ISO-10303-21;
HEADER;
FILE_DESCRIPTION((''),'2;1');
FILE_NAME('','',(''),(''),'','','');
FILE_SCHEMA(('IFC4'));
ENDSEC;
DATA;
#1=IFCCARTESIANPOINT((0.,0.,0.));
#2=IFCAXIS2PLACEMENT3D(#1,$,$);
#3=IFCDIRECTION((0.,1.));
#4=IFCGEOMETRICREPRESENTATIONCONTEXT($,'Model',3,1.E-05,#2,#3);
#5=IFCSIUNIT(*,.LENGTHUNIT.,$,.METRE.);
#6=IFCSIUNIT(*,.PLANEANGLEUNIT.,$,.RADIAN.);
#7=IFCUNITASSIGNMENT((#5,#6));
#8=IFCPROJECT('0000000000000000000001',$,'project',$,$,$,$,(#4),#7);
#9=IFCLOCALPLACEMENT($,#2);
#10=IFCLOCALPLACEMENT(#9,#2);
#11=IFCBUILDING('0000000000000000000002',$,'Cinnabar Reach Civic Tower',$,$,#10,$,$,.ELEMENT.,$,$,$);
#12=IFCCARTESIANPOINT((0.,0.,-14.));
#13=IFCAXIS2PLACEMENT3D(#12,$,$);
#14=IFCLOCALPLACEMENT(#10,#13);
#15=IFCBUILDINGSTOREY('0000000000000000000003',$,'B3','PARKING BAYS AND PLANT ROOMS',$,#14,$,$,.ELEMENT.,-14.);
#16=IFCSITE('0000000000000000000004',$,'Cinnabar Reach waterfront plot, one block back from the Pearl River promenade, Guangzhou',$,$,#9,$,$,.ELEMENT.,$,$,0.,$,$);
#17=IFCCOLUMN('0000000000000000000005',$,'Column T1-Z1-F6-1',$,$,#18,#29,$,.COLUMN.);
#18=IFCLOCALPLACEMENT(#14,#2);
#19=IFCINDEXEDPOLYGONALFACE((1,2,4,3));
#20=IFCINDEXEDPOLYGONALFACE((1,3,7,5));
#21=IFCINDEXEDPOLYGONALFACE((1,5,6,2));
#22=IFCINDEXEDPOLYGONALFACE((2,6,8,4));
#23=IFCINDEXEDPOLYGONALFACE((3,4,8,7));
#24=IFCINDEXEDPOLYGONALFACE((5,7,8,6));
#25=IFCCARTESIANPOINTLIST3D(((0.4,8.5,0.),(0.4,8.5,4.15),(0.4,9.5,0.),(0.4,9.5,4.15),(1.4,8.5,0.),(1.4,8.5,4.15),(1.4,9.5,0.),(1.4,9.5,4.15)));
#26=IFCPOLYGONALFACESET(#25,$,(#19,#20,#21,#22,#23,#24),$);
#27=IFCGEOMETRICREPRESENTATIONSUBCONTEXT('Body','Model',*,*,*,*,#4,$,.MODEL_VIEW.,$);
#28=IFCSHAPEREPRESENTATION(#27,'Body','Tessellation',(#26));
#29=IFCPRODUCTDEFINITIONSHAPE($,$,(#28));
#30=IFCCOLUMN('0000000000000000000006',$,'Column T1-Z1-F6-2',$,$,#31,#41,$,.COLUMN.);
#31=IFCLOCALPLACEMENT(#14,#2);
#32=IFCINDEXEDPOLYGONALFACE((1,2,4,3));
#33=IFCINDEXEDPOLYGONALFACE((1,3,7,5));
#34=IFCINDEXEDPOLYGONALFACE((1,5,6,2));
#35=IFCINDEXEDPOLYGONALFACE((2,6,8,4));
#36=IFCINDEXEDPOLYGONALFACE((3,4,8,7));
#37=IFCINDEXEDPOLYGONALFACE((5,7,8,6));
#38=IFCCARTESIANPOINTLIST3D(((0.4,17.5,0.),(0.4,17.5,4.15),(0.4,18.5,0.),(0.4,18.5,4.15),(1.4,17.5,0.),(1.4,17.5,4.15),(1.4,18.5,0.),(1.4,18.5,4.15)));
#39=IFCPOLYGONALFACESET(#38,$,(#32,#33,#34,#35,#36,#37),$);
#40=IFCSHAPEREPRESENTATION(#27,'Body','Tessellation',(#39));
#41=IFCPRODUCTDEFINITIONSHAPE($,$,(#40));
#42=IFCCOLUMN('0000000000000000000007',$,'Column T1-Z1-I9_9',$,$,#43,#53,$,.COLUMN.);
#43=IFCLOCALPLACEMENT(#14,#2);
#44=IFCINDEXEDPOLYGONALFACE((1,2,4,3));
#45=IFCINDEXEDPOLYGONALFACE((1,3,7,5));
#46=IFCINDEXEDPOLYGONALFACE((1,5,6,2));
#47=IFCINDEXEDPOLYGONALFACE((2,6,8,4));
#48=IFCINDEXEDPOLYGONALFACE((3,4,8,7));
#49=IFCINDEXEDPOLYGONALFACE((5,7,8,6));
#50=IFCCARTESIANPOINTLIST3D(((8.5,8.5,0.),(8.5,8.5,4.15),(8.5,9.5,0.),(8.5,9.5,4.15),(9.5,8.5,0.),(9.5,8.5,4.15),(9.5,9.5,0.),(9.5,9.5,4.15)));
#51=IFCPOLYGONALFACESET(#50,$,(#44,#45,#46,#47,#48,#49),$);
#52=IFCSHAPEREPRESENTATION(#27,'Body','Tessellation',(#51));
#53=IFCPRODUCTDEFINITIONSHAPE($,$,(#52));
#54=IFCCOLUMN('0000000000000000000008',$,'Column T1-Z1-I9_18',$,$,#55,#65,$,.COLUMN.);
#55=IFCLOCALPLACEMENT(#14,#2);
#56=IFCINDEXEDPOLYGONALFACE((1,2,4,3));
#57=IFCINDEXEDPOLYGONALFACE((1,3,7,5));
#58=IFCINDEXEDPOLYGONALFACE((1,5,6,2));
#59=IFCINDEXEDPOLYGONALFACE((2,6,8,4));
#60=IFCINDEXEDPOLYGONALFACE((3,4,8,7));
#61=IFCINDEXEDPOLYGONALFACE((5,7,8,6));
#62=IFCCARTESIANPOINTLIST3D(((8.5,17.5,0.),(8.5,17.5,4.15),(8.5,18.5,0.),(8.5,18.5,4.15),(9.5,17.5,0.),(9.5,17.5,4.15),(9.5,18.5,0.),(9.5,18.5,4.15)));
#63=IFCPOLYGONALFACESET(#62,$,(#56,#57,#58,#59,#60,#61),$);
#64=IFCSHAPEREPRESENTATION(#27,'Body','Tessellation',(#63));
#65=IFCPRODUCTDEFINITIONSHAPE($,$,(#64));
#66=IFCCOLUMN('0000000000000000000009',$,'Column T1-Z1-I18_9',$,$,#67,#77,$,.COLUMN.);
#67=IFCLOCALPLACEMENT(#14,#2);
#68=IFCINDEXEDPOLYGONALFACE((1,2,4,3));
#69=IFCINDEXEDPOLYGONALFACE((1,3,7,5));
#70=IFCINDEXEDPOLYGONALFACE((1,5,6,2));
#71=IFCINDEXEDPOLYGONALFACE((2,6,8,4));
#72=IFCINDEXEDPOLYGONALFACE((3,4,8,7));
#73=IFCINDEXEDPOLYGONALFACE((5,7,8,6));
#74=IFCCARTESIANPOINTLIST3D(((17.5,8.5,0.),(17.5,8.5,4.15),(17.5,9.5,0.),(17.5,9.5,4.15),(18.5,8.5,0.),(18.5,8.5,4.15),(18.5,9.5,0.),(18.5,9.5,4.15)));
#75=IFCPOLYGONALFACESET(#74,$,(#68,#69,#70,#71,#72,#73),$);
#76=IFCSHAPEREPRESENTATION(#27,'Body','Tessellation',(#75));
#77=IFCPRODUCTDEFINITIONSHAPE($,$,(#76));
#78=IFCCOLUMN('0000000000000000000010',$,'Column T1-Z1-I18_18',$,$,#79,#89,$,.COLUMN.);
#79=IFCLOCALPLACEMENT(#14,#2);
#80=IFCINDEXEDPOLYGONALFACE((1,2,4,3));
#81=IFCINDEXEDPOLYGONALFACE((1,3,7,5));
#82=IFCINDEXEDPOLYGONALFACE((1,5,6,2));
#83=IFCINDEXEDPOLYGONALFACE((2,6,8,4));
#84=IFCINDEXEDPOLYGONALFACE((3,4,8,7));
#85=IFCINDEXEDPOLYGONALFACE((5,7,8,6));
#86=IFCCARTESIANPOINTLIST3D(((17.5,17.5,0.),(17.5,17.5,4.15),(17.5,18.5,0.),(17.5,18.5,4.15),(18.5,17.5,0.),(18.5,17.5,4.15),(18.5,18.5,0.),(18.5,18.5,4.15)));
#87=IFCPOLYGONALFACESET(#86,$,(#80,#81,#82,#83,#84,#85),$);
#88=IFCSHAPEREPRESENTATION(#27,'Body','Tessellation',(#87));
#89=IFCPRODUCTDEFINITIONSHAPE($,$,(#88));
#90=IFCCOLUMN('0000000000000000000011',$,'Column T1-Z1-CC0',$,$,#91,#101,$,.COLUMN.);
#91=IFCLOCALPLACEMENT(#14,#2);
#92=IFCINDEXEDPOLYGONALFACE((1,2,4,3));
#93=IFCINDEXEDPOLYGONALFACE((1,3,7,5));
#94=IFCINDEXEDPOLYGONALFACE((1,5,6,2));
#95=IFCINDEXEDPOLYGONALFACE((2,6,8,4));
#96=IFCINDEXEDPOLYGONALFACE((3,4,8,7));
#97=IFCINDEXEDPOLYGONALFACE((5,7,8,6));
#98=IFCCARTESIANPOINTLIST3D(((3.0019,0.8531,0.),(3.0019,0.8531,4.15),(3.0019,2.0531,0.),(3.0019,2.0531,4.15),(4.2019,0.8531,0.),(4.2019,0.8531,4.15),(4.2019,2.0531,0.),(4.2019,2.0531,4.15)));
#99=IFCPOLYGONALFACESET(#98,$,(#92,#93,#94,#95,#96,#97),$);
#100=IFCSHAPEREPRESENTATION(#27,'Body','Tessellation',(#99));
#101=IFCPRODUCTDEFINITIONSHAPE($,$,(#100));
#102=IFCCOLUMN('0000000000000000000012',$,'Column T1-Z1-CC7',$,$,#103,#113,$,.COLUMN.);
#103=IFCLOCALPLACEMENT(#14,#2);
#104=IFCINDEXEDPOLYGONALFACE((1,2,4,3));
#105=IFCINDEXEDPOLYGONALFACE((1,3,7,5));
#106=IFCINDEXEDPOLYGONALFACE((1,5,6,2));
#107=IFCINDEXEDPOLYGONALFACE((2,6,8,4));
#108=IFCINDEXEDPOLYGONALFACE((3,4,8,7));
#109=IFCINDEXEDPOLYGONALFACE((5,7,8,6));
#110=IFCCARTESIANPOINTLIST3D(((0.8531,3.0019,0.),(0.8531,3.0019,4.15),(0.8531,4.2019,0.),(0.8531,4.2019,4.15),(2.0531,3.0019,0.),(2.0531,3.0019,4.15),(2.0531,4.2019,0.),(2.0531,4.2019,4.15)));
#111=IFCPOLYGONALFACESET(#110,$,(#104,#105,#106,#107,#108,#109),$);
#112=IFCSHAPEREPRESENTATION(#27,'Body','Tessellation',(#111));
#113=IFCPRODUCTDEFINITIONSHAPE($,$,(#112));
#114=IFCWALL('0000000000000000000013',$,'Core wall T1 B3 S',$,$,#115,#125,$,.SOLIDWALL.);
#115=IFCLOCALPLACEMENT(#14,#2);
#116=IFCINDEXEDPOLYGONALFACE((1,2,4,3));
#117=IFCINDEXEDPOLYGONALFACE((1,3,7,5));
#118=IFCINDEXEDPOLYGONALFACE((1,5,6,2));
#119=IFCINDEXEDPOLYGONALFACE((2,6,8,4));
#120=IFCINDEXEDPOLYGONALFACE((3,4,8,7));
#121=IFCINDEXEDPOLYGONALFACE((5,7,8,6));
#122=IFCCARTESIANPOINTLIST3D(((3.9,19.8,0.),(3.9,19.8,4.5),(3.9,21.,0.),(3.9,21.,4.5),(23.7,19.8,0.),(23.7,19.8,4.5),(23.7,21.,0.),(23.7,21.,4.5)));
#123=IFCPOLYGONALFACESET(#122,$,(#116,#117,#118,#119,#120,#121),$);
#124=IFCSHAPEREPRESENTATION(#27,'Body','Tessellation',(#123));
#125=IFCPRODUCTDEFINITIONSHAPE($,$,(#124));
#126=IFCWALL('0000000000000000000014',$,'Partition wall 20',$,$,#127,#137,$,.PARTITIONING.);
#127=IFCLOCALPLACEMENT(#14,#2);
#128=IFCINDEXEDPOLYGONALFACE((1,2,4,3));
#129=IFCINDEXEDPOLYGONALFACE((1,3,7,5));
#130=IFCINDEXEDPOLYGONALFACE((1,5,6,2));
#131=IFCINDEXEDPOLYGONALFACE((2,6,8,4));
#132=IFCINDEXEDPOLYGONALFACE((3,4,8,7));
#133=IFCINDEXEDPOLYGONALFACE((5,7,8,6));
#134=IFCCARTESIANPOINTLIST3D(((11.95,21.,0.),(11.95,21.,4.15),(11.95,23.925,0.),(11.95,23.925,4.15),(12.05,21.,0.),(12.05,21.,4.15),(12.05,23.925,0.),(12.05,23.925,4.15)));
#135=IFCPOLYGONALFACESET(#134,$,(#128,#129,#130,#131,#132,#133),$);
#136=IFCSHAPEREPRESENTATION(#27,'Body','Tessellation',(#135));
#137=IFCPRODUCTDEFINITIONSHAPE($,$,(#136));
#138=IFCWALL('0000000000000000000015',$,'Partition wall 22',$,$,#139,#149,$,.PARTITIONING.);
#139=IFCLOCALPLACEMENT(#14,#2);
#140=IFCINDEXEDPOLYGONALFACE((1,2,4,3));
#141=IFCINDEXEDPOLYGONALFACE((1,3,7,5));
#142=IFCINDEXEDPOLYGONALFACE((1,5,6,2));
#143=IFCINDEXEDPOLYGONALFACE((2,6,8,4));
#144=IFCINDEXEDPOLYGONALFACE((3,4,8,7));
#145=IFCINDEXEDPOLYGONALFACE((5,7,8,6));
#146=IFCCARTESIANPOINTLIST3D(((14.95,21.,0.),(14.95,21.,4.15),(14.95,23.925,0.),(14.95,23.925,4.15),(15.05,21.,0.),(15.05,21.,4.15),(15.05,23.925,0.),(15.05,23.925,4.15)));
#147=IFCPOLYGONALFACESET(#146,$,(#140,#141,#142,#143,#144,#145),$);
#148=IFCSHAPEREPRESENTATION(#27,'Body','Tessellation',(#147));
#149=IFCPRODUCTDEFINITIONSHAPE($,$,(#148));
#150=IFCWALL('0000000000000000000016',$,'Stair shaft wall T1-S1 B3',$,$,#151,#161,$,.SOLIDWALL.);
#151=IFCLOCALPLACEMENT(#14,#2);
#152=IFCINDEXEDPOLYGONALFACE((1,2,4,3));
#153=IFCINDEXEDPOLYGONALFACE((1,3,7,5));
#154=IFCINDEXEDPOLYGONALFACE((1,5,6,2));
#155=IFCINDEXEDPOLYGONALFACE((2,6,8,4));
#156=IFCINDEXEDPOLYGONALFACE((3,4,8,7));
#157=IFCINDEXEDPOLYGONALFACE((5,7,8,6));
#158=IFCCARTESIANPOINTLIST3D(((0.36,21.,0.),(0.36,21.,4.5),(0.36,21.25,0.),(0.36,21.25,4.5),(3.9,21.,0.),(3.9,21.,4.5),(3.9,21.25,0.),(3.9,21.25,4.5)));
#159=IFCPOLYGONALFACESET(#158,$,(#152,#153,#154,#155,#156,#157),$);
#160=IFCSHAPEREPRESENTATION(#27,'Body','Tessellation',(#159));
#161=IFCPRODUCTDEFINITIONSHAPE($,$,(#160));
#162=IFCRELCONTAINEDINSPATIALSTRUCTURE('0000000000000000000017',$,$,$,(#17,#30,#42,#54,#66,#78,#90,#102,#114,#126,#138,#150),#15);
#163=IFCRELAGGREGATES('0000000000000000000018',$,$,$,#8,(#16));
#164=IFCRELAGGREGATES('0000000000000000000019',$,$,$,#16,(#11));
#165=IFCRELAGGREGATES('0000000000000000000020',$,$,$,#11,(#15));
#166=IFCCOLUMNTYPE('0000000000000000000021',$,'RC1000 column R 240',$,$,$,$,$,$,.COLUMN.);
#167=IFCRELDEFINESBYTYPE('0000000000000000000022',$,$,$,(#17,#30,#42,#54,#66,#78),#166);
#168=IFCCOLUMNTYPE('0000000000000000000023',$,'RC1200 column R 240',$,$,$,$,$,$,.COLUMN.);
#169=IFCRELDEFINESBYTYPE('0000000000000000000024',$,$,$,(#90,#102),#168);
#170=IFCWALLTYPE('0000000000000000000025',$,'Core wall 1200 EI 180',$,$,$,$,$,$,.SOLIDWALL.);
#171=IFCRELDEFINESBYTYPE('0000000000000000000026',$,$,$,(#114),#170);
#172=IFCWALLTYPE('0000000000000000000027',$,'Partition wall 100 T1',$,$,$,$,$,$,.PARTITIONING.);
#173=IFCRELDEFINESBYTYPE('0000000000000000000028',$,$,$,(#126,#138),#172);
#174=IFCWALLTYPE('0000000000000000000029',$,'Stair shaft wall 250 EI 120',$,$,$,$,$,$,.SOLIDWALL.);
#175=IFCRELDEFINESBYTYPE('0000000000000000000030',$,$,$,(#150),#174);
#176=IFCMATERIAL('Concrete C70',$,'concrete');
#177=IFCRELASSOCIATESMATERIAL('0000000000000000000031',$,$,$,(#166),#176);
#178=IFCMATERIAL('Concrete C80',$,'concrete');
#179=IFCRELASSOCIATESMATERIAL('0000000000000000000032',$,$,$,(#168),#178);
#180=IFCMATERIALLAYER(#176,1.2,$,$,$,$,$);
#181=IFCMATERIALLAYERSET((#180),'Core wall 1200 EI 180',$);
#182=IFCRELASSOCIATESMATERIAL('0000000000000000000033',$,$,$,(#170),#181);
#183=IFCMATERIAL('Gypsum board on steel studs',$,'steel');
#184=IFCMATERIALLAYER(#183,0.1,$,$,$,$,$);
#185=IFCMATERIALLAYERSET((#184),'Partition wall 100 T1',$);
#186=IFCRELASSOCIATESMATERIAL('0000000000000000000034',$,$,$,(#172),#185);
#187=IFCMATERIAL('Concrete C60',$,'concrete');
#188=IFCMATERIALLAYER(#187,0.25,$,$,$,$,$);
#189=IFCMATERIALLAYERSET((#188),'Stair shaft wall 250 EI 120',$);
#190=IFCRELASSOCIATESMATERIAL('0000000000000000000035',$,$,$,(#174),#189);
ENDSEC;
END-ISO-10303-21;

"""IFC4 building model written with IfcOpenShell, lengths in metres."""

from ifc_helpers import new_model, si_unit, direction, frame, frame_2d, origin, origin_2d, place, context, subcontext, project, spatial, rectangle, extrude, material, layer, layer_set, material_profile, profile_set, type_object, element, save


model = new_model("IFC4")

# Units and contexts
model_context = context("Model", 3, precision=1e-05, world=origin(), true_north=direction((0.0, 1.0)))
body_context = subcontext(model_context, "Body", "Model", "MODEL_VIEW")
ifc_project = project(units=[si_unit("LENGTHUNIT", "METRE"), si_unit("PLANEANGLEUNIT", "RADIAN")], contexts=[model_context])

# Site, building, storey
site_placement = place(None, origin())
site = spatial("IfcSite", under=ifc_project, at=site_placement, Name="Cinnabar Reach waterfront plot, one block back from the Pearl River promenade, Guangzhou", CompositionType="ELEMENT", RefElevation=0.0)
building_placement = place(site_placement, origin())
building = spatial("IfcBuilding", under=site, at=building_placement, Name="Cinnabar Reach Civic Tower", CompositionType="ELEMENT")
storey_placement = place(building_placement, frame((0.0, 0.0, -14.0)))
storey = spatial("IfcBuildingStorey", under=building, at=storey_placement, Name="B3", Description="PARKING BAYS AND PLANT ROOMS", CompositionType="ELEMENT", Elevation=-14.0)

# Columns
ifc_material_1 = material(Name="Concrete C70", Category="concrete")
ifc_material_profile_1 = material_profile(ifc_material_1, rectangle(XDim=1.0, YDim=1.0, at=origin_2d()), Name="RC1000")
ifc_profile_set_1 = profile_set([ifc_material_profile_1], Name="Concrete C70")
column_type_1 = type_object("IfcColumnType", Name="RC1000 column R 240", PredefinedType="COLUMN", material=ifc_profile_set_1)
for number, where, z_axis, x_axis, name in (
    (1, (0.9, 9.0, 0.0), (0.0, 0.0, 1.0), (1.0, 0.0, 0.0), "Column T1-Z1-F6-1"),
    (2, (0.9, 18.0, 0.0), (0.0, 0.0, 1.0), (1.0, 0.0, 0.0), "Column T1-Z1-F6-2"),
    (3, (9.0, 9.0, 0.0), (0.0, 0.0, 1.0), (1.0, 0.0, 0.0), "Column T1-Z1-I9_9"),
    (4, (9.0, 18.0, 0.0), (0.0, 0.0, 1.0), (1.0, 0.0, 0.0), "Column T1-Z1-I9_18"),
    (5, (18.0, 9.0, 0.0), (0.0, 0.0, 1.0), (1.0, 0.0, 0.0), "Column T1-Z1-I18_9"),
    (6, (18.0, 18.0, 0.0), (0.0, 0.0, 1.0), (1.0, 0.0, 0.0), "Column T1-Z1-I18_18"),
):
    element("IfcColumn", number, at=place(storey_placement, frame(where, z_axis=z_axis, x_axis=x_axis)), inside=storey, type_object=column_type_1, Name=name, PredefinedType="COLUMN", context=body_context, shape_type="SweptSolid", body=[
        extrude(rectangle(XDim=1.0, YDim=1.0, at=origin_2d()), origin(), (0.0, 0.0, 1.0), 4.15),
    ])
ifc_material_2 = material(Name="Concrete C80", Category="concrete")
ifc_material_profile_2 = material_profile(ifc_material_2, rectangle(XDim=1.2, YDim=1.2, at=origin_2d()), Name="RC1200")
ifc_profile_set_2 = profile_set([ifc_material_profile_2], Name="Concrete C80")
column_type_2 = type_object("IfcColumnType", Name="RC1200 column R 240", PredefinedType="COLUMN", material=ifc_profile_set_2)
for number, where, z_axis, x_axis, name in (
    (7, (3.6019, 1.4531, 0.0), (0.0, 0.0, 1.0), (1.0, 0.0, 0.0), "Column T1-Z1-CC0"),
    (8, (1.4531, 3.6019, 0.0), (0.0, 0.0, 1.0), (1.0, 0.0, 0.0), "Column T1-Z1-CC7"),
):
    element("IfcColumn", number, at=place(storey_placement, frame(where, z_axis=z_axis, x_axis=x_axis)), inside=storey, type_object=column_type_2, Name=name, PredefinedType="COLUMN", context=body_context, shape_type="SweptSolid", body=[
        extrude(rectangle(XDim=1.2, YDim=1.2, at=origin_2d()), origin(), (0.0, 0.0, 1.0), 4.15),
    ])

# Walls
ifc_layer_1 = layer(ifc_material_1, 1.2)
ifc_layer_set_1 = layer_set([ifc_layer_1], Name="Core wall 1200 EI 180")
wall_type_1 = type_object("IfcWallType", Name="Core wall 1200 EI 180", PredefinedType="SOLIDWALL", material=ifc_layer_set_1)
wall_1_placement = place(storey_placement, frame((3.9, 20.4, 0.0), z_axis=(0.0, 0.0, 1.0), x_axis=(1.0, 0.0, 0.0)))
element("IfcWall", 9, at=wall_1_placement, inside=storey, type_object=wall_type_1, Name="Core wall T1 B3 S", PredefinedType="SOLIDWALL", context=body_context, shape_type="SweptSolid", body=[
    extrude(rectangle(XDim=19.8, YDim=1.2, at=frame_2d((9.9, 0.0))), origin(), (0.0, 0.0, 1.0), 4.5),
])
ifc_material_3 = material(Name="Gypsum board on steel studs", Category="steel")
ifc_layer_2 = layer(ifc_material_3, 0.1)
ifc_layer_set_2 = layer_set([ifc_layer_2], Name="Partition wall 100 T1")
wall_type_2 = type_object("IfcWallType", Name="Partition wall 100 T1", PredefinedType="PARTITIONING", material=ifc_layer_set_2)
for number, where, z_axis, x_axis, name in (
    (10, (12.0, 21.0, 0.0), (0.0, 0.0, 1.0), (0.0, 1.0, 0.0), "Partition wall 20"),
    (11, (15.0, 21.0, 0.0), (0.0, 0.0, 1.0), (0.0, 1.0, 0.0), "Partition wall 22"),
):
    element("IfcWall", number, at=place(storey_placement, frame(where, z_axis=z_axis, x_axis=x_axis)), inside=storey, type_object=wall_type_2, Name=name, PredefinedType="PARTITIONING", context=body_context, shape_type="SweptSolid", body=[
        extrude(rectangle(XDim=2.925, YDim=0.1, at=frame_2d((1.4625, 0.0))), origin(), (0.0, 0.0, 1.0), 4.15),
    ])
ifc_material_4 = material(Name="Concrete C60", Category="concrete")
ifc_layer_3 = layer(ifc_material_4, 0.25)
ifc_layer_set_3 = layer_set([ifc_layer_3], Name="Stair shaft wall 250 EI 120")
wall_type_3 = type_object("IfcWallType", Name="Stair shaft wall 250 EI 120", PredefinedType="SOLIDWALL", material=ifc_layer_set_3)
wall_2_placement = place(storey_placement, frame((0.36, 21.125, 0.0), z_axis=(0.0, 0.0, 1.0), x_axis=(1.0, 0.0, 0.0)))
element("IfcWall", 12, at=wall_2_placement, inside=storey, type_object=wall_type_3, Name="Stair shaft wall T1-S1 B3", PredefinedType="SOLIDWALL", context=body_context, shape_type="SweptSolid", body=[
    extrude(rectangle(XDim=3.54, YDim=0.25, at=frame_2d((1.77, 0.0))), origin(), (0.0, 0.0, 1.0), 4.5),
])

save(model, "model.ifc")
